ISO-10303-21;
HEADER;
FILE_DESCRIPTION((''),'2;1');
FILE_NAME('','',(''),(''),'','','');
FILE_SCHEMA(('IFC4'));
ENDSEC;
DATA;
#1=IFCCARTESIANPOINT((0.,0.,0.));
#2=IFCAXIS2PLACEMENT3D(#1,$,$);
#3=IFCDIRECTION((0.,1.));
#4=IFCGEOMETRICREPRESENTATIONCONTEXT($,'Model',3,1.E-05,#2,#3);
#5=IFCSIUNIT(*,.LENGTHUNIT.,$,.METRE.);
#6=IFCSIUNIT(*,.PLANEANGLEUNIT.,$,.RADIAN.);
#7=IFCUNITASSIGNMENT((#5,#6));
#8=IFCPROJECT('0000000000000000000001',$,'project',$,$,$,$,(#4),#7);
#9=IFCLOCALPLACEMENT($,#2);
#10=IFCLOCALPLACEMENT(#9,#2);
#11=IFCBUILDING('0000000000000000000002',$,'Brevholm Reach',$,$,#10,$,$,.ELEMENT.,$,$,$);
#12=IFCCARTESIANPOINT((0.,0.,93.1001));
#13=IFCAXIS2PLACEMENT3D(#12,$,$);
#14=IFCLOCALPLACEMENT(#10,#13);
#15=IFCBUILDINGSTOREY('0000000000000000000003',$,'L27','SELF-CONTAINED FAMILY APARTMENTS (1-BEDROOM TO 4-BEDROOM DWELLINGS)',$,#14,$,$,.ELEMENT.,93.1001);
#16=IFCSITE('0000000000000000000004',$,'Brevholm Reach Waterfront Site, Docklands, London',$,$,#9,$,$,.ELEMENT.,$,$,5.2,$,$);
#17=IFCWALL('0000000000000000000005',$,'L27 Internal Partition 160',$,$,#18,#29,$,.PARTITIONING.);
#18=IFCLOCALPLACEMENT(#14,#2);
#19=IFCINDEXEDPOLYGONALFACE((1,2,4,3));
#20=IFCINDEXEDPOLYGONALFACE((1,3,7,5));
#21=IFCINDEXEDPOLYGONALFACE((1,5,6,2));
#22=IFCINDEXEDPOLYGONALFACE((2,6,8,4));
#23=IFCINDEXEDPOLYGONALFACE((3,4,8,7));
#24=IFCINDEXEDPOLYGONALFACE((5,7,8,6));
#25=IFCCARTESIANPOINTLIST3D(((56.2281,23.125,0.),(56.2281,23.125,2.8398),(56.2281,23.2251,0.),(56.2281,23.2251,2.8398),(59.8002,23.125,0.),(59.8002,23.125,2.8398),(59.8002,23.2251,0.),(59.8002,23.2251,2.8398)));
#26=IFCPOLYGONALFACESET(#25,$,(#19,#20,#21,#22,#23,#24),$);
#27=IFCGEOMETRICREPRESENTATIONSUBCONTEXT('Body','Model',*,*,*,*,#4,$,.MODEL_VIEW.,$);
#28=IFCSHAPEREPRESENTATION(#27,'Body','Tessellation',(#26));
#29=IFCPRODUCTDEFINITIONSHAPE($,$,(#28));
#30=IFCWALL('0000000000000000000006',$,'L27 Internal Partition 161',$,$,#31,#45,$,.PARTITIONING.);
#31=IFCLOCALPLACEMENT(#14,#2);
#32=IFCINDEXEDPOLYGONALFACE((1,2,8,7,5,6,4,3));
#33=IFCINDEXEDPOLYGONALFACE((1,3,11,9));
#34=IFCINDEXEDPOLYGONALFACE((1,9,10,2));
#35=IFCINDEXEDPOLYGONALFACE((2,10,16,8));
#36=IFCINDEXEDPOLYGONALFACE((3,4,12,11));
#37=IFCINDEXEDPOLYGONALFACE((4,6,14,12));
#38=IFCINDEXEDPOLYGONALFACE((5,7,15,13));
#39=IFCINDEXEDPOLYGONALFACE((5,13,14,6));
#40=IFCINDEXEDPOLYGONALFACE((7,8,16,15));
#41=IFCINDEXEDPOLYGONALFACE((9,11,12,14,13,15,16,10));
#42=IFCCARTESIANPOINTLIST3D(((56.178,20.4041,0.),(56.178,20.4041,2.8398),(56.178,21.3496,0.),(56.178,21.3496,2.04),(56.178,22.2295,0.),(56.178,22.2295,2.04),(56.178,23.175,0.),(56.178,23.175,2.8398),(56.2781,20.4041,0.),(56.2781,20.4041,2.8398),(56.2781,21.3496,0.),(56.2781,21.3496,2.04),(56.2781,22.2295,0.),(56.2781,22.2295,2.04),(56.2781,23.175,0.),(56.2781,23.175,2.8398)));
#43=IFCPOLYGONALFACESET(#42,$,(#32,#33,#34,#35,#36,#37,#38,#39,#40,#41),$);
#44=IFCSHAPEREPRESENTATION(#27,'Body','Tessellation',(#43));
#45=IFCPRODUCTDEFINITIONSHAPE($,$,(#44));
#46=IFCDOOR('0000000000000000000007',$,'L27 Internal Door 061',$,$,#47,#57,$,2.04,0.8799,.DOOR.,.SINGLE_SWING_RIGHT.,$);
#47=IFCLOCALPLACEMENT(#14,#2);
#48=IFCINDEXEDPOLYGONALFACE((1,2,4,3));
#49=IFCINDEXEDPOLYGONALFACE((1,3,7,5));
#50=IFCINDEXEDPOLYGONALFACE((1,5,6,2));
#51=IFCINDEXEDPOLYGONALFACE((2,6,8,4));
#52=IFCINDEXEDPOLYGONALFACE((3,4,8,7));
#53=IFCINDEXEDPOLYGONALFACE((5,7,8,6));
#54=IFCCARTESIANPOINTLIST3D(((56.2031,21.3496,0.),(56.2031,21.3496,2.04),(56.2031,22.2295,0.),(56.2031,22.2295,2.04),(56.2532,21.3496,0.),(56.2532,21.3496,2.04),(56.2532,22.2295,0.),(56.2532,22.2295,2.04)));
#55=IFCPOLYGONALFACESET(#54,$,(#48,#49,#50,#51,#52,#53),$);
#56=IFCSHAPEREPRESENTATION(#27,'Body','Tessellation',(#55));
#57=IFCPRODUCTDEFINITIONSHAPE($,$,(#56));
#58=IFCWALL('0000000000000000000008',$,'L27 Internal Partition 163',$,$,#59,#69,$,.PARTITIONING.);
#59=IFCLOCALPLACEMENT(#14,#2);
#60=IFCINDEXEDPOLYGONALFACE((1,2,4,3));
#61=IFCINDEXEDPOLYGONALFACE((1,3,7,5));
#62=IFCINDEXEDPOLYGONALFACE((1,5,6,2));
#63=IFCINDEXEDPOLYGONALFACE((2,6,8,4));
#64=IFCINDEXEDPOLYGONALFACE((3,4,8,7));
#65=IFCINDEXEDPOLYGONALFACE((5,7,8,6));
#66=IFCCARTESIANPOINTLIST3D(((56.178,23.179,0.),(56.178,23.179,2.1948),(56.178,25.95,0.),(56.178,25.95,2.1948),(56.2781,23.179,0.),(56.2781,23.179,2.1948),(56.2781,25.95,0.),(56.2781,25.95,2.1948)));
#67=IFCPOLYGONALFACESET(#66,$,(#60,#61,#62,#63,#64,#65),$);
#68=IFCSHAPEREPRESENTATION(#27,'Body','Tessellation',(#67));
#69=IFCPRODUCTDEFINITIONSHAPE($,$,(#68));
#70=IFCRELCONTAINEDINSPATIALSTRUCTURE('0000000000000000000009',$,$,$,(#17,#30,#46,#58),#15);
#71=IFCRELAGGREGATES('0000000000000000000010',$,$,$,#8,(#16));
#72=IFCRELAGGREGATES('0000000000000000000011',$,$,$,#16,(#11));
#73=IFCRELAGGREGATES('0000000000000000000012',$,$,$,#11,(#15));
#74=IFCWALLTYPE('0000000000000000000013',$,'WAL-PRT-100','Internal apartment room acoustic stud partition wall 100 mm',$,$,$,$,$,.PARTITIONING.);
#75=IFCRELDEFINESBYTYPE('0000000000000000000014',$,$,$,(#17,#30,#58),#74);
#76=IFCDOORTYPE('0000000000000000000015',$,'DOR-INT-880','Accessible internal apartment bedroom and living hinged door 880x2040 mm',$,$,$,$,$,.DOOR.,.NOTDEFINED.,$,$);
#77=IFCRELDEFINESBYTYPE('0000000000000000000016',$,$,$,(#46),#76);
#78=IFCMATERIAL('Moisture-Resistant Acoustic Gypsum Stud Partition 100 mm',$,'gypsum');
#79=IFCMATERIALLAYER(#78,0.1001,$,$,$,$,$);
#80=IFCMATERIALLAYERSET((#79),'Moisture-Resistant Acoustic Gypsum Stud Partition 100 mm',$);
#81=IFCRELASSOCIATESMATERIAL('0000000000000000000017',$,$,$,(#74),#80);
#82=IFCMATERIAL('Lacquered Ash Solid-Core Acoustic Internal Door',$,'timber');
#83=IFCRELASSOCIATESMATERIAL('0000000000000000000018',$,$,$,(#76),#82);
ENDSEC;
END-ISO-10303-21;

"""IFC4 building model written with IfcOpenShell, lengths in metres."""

from ifc_helpers import new_model, si_unit, direction, frame, frame_2d, origin, place, context, subcontext, project, spatial, rectangle, extrude, material, layer, layer_set, type_object, element, fill, save


model = new_model("IFC4")

# Units and contexts
model_context = context("Model", 3, precision=1e-05, world=origin(), true_north=direction((0.0, 1.0)))
body_context = subcontext(model_context, "Body", "Model", "MODEL_VIEW")
ifc_project = project(units=[si_unit("LENGTHUNIT", "METRE"), si_unit("PLANEANGLEUNIT", "RADIAN")], contexts=[model_context])

# Site, building, storey
site_placement = place(None, origin())
site = spatial("IfcSite", under=ifc_project, at=site_placement, Name="Brevholm Reach Waterfront Site, Docklands, London", CompositionType="ELEMENT", RefElevation=5.2)
building_placement = place(site_placement, origin())
building = spatial("IfcBuilding", under=site, at=building_placement, Name="Brevholm Reach", CompositionType="ELEMENT")
storey_placement = place(building_placement, frame((0.0, 0.0, 93.1001)))
storey = spatial("IfcBuildingStorey", under=building, at=storey_placement, Name="L27", Description="SELF-CONTAINED FAMILY APARTMENTS (1-BEDROOM TO 4-BEDROOM DWELLINGS)", CompositionType="ELEMENT", Elevation=93.1001)

# Wall
ifc_material_1 = material(Name="Moisture-Resistant Acoustic Gypsum Stud Partition 100 mm", Category="gypsum")
ifc_layer_1 = layer(ifc_material_1, 0.1001)
ifc_layer_set_1 = layer_set([ifc_layer_1], Name="Moisture-Resistant Acoustic Gypsum Stud Partition 100 mm")
wall_type_1 = type_object("IfcWallType", Name="WAL-PRT-100", Description="Internal apartment room acoustic stud partition wall 100 mm", PredefinedType="PARTITIONING", material=ifc_layer_set_1)
wall_1_placement = place(storey_placement, frame((56.228, 23.175, 0.0), z_axis=(0.0, 0.0, 1.0), x_axis=(1.0, 0.0, 0.0)))
element("IfcWall", 1, at=wall_1_placement, inside=storey, type_object=wall_type_1, Name="L27 Internal Partition 160", PredefinedType="PARTITIONING", context=body_context, shape_type="SweptSolid", body=[
    extrude(rectangle(XDim=3.572, YDim=0.1001, at=frame_2d((1.7861, 0.0))), origin(), (0.0, 0.0, 1.0), 2.8398),
])

# Wall, opening, door
wall_2_placement = place(storey_placement, frame((56.228, 20.4041, 0.0), z_axis=(0.0, 0.0, 1.0), x_axis=(0.0, 1.0, 0.0)))
wall_2 = element("IfcWall", 2, at=wall_2_placement, inside=storey, type_object=wall_type_1, Name="L27 Internal Partition 161", PredefinedType="PARTITIONING", context=body_context, shape_type="SweptSolid", body=[
    extrude(rectangle(XDim=2.771, YDim=0.1001, at=frame_2d((1.3855, 0.0))), origin(), (0.0, 0.0, 1.0), 2.8398),
])
opening_1_placement = place(wall_2_placement, frame((0.9456, 0.0, 0.0)))
opening_1 = element("IfcOpeningElement", 3, at=opening_1_placement, cuts=wall_2, PredefinedType="OPENING", context=body_context, shape_type="SweptSolid", body=[
    extrude(rectangle(XDim=0.8799, YDim=2.04, at=frame_2d((0.4399, 1.02))), frame((0.0, 0.0601, 0.0), z_axis=(0.0, -1.0, 0.0), x_axis=(1.0, 0.0, 0.0)), (0.0, 0.0, 1.0), 0.1201),
])
ifc_material_2 = material(Name="Lacquered Ash Solid-Core Acoustic Internal Door", Category="timber")
door_type = type_object("IfcDoorType", Name="DOR-INT-880", Description="Accessible internal apartment bedroom and living hinged door 880x2040 mm", OperationType="NOTDEFINED", PredefinedType="DOOR", material=ifc_material_2)
door_placement = place(opening_1_placement, origin())
door = element("IfcDoor", 4, at=door_placement, inside=storey, type_object=door_type, Name="L27 Internal Door 061", OperationType="SINGLE_SWING_RIGHT", OverallHeight=2.04, OverallWidth=0.8799, PredefinedType="DOOR", context=body_context, shape_type="SweptSolid", body=[
    extrude(rectangle(XDim=0.8799, YDim=2.04, at=frame_2d((0.4399, 1.02))), frame((0.0, 0.0249, 0.0), z_axis=(0.0, -1.0, 0.0), x_axis=(1.0, 0.0, 0.0)), (0.0, 0.0, 1.0), 0.05),
])
fill(opening_1, door)

# Wall
wall_3_placement = place(storey_placement, frame((56.228, 23.179, 0.0), z_axis=(0.0, 0.0, 1.0), x_axis=(0.0, 1.0, 0.0)))
element("IfcWall", 5, at=wall_3_placement, inside=storey, type_object=wall_type_1, Name="L27 Internal Partition 163", PredefinedType="PARTITIONING", context=body_context, shape_type="SweptSolid", body=[
    extrude(rectangle(XDim=2.771, YDim=0.1001, at=frame_2d((1.3855, 0.0))), origin(), (0.0, 0.0, 1.0), 2.1948),
])

save(model, "model.ifc")
